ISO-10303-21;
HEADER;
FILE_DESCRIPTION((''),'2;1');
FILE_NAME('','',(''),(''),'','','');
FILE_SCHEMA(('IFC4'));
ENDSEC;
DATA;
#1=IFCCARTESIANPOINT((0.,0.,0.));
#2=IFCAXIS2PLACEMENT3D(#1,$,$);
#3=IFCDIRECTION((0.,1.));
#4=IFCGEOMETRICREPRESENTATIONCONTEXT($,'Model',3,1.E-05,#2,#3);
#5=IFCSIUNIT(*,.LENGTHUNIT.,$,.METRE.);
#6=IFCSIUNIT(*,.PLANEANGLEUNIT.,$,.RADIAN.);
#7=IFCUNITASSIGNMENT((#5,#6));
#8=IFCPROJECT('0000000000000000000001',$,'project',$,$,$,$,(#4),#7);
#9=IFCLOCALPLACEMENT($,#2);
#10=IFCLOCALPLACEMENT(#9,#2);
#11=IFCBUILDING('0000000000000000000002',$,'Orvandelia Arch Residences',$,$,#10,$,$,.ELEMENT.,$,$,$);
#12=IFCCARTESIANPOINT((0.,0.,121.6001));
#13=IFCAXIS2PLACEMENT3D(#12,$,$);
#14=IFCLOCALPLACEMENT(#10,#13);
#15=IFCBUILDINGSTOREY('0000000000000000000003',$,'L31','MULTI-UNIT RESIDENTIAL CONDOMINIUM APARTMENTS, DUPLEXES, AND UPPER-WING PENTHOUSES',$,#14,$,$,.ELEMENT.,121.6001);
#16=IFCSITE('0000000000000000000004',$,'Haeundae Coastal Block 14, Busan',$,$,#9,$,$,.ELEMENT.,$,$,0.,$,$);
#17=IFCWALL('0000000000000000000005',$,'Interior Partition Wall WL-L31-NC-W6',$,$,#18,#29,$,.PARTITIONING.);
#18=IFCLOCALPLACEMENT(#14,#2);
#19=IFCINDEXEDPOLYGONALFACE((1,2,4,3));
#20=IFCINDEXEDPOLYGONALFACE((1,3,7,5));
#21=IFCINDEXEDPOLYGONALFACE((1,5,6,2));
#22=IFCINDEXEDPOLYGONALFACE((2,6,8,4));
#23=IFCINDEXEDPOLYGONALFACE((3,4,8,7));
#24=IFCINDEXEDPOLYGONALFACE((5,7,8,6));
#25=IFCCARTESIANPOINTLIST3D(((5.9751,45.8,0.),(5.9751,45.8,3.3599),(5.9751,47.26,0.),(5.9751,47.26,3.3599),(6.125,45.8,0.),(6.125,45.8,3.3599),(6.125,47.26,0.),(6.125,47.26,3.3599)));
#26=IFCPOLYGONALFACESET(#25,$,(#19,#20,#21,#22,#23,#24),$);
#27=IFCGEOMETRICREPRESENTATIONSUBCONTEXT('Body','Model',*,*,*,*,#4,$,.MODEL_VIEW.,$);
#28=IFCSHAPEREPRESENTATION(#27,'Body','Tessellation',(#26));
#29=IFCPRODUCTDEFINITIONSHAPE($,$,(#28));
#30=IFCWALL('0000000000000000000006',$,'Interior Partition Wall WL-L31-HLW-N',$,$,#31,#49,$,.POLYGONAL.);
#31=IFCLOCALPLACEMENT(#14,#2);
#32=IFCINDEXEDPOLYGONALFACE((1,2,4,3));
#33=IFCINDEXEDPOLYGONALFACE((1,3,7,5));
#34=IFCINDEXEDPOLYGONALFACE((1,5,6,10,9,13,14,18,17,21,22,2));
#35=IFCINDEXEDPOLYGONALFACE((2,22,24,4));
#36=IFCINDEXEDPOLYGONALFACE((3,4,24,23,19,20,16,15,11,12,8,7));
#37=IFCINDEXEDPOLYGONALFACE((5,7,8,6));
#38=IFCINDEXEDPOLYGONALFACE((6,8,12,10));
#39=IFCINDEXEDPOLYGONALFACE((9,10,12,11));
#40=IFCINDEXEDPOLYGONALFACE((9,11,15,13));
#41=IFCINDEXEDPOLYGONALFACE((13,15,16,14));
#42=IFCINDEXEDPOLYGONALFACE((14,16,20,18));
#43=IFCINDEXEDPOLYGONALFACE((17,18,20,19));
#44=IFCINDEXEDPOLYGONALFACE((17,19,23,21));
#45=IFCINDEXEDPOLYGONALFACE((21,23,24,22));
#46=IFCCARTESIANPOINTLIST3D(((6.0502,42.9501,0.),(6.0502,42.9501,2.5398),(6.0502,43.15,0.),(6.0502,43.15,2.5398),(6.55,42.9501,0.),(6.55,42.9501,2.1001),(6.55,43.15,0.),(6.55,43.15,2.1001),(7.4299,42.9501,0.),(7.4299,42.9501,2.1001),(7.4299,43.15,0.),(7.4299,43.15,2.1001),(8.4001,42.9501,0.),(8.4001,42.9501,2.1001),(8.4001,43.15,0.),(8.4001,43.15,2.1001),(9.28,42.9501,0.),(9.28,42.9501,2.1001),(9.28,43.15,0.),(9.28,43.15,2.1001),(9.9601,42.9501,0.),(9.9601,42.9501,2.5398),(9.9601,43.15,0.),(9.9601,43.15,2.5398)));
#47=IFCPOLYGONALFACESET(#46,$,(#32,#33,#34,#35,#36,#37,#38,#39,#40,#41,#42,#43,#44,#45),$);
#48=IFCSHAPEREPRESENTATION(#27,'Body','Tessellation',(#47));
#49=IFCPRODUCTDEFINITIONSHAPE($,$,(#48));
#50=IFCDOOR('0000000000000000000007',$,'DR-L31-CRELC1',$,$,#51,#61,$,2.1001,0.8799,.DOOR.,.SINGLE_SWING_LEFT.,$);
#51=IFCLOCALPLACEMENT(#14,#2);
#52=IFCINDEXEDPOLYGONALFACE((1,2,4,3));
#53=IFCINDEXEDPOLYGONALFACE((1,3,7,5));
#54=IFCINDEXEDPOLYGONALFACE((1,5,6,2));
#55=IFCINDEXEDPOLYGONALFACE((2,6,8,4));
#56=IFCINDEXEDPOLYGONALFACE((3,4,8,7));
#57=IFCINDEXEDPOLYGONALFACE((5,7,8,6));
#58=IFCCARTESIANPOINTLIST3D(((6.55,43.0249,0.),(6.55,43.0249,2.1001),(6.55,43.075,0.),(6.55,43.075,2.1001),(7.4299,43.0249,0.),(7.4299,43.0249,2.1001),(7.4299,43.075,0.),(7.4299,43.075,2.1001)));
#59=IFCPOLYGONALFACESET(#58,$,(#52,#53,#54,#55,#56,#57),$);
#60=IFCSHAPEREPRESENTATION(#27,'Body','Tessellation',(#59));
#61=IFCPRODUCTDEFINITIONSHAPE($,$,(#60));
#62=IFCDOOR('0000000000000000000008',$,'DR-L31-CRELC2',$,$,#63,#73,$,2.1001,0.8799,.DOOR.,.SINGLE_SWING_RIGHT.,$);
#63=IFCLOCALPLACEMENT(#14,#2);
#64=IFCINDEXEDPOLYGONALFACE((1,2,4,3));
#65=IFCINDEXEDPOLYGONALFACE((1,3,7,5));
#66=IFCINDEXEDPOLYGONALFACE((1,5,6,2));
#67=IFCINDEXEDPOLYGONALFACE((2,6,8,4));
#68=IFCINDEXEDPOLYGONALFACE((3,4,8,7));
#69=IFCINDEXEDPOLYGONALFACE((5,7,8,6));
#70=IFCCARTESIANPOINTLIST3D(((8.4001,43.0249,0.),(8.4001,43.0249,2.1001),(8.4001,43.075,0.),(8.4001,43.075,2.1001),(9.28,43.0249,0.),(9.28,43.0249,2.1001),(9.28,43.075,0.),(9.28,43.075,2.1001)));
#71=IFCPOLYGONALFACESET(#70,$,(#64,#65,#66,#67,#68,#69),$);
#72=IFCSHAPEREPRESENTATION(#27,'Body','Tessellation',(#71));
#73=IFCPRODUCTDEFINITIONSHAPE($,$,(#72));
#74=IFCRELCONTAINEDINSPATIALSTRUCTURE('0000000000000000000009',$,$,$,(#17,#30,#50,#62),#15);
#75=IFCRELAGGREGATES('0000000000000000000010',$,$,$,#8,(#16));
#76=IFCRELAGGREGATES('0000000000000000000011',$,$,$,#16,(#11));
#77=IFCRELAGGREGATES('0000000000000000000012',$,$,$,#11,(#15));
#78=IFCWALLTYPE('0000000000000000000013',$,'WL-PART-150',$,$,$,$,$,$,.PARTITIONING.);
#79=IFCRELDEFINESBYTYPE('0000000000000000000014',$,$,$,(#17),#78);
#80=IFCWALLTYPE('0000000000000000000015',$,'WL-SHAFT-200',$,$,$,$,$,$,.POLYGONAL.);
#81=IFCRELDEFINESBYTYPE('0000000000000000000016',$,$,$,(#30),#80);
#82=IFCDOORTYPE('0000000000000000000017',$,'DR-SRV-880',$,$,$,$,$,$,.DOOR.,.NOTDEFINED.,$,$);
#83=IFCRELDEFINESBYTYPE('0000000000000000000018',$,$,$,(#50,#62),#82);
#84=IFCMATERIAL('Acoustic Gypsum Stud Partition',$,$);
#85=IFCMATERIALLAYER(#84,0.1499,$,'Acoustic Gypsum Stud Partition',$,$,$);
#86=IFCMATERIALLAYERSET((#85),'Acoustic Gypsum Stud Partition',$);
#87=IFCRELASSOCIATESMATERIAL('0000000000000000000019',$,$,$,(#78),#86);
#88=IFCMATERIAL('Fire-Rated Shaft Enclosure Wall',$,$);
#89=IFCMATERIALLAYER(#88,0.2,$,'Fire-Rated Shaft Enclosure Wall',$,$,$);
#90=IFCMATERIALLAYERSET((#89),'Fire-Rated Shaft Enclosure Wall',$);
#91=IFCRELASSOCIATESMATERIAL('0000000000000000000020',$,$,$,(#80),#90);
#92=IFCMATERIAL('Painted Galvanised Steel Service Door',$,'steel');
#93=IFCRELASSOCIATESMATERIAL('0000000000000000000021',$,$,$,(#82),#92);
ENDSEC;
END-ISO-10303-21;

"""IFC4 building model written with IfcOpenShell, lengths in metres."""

from ifc_helpers import new_model, si_unit, direction, frame, frame_2d, origin, place, context, subcontext, project, spatial, rectangle, extrude, material, layer, layer_set, type_object, element, fill, save


model = new_model("IFC4")

# Units and contexts
model_context = context("Model", 3, precision=1e-05, world=origin(), true_north=direction((0.0, 1.0)))
body_context = subcontext(model_context, "Body", "Model", "MODEL_VIEW")
ifc_project = project(units=[si_unit("LENGTHUNIT", "METRE"), si_unit("PLANEANGLEUNIT", "RADIAN")], contexts=[model_context])

# Site, building, storey
site_placement = place(None, origin())
site = spatial("IfcSite", under=ifc_project, at=site_placement, Name="Haeundae Coastal Block 14, Busan", CompositionType="ELEMENT", RefElevation=0.0)
building_placement = place(site_placement, origin())
building = spatial("IfcBuilding", under=site, at=building_placement, Name="Orvandelia Arch Residences", CompositionType="ELEMENT")
storey_placement = place(building_placement, frame((0.0, 0.0, 121.6001)))
storey = spatial("IfcBuildingStorey", under=building, at=storey_placement, Name="L31", Description="MULTI-UNIT RESIDENTIAL CONDOMINIUM APARTMENTS, DUPLEXES, AND UPPER-WING PENTHOUSES", CompositionType="ELEMENT", Elevation=121.6001)

# Wall
ifc_material_1 = material(Name="Acoustic Gypsum Stud Partition")
ifc_layer_1 = layer(ifc_material_1, 0.1499, Name="Acoustic Gypsum Stud Partition")
ifc_layer_set_1 = layer_set([ifc_layer_1], Name="Acoustic Gypsum Stud Partition")
wall_type_1 = type_object("IfcWallType", Name="WL-PART-150", PredefinedType="PARTITIONING", material=ifc_layer_set_1)
wall_1_placement = place(storey_placement, frame((6.05, 45.8, 0.0), z_axis=(0.0, 0.0, 1.0), x_axis=(0.0, 1.0, 0.0)))
element("IfcWall", 1, at=wall_1_placement, inside=storey, type_object=wall_type_1, Name="Interior Partition Wall WL-L31-NC-W6", PredefinedType="PARTITIONING", context=body_context, shape_type="SweptSolid", body=[
    extrude(rectangle(XDim=1.46, YDim=0.1499, at=frame_2d((0.73, 0.0))), origin(), (0.0, 0.0, 1.0), 3.3599),
])

# Wall, openings, doors
ifc_material_2 = material(Name="Fire-Rated Shaft Enclosure Wall")
ifc_layer_2 = layer(ifc_material_2, 0.2, Name="Fire-Rated Shaft Enclosure Wall")
ifc_layer_set_2 = layer_set([ifc_layer_2], Name="Fire-Rated Shaft Enclosure Wall")
wall_type_2 = type_object("IfcWallType", Name="WL-SHAFT-200", PredefinedType="POLYGONAL", material=ifc_layer_set_2)
wall_2_placement = place(storey_placement, frame((6.05, 43.05, 0.0), z_axis=(0.0, 0.0, 1.0), x_axis=(1.0, 0.0, 0.0)))
wall_2 = element("IfcWall", 2, at=wall_2_placement, inside=storey, type_object=wall_type_2, Name="Interior Partition Wall WL-L31-HLW-N", PredefinedType="POLYGONAL", context=body_context, shape_type="SweptSolid", body=[
    extrude(rectangle(XDim=3.9099, YDim=0.2, at=frame_2d((1.9551, 0.0))), origin(), (0.0, 0.0, 1.0), 2.5398),
])
opening_1_placement = place(wall_2_placement, frame((0.5, 0.0, 0.0)))
opening_1 = element("IfcOpeningElement", 3, at=opening_1_placement, cuts=wall_2, PredefinedType="OPENING", context=body_context, shape_type="SweptSolid", body=[
    extrude(rectangle(XDim=0.8799, YDim=2.1001, at=frame_2d((0.4399, 1.05))), frame((0.0, 0.1099, 0.0), z_axis=(0.0, -1.0, 0.0), x_axis=(1.0, 0.0, 0.0)), (0.0, 0.0, 1.0), 0.22),
])
opening_2_placement = place(wall_2_placement, frame((2.3501, 0.0, 0.0)))
opening_2 = element("IfcOpeningElement", 4, at=opening_2_placement, cuts=wall_2, PredefinedType="OPENING", context=body_context, shape_type="SweptSolid", body=[
    extrude(rectangle(XDim=0.8799, YDim=2.1001, at=frame_2d((0.4399, 1.05))), frame((0.0, 0.1099, 0.0), z_axis=(0.0, -1.0, 0.0), x_axis=(1.0, 0.0, 0.0)), (0.0, 0.0, 1.0), 0.22),
])
ifc_material_3 = material(Name="Painted Galvanised Steel Service Door", Category="steel")
door_type = type_object("IfcDoorType", Name="DR-SRV-880", OperationType="NOTDEFINED", PredefinedType="DOOR", material=ifc_material_3)
door_1_placement = place(opening_1_placement, origin())
door_1 = element("IfcDoor", 5, at=door_1_placement, inside=storey, type_object=door_type, Name="DR-L31-CRELC1", OperationType="SINGLE_SWING_LEFT", OverallHeight=2.1001, OverallWidth=0.8799, PredefinedType="DOOR", context=body_context, shape_type="SweptSolid", body=[
    extrude(rectangle(XDim=0.8799, YDim=2.1001, at=frame_2d((0.4399, 1.05))), frame((0.0, 0.0249, 0.0), z_axis=(0.0, -1.0, 0.0), x_axis=(1.0, 0.0, 0.0)), (0.0, 0.0, 1.0), 0.05),
])
fill(opening_1, door_1)
door_2_placement = place(opening_2_placement, origin())
door_2 = element("IfcDoor", 6, at=door_2_placement, inside=storey, type_object=door_type, Name="DR-L31-CRELC2", OperationType="SINGLE_SWING_RIGHT", OverallHeight=2.1001, OverallWidth=0.8799, PredefinedType="DOOR", context=body_context, shape_type="SweptSolid", body=[
    extrude(rectangle(XDim=0.8799, YDim=2.1001, at=frame_2d((0.4399, 1.05))), frame((0.0, 0.0249, 0.0), z_axis=(0.0, -1.0, 0.0), x_axis=(1.0, 0.0, 0.0)), (0.0, 0.0, 1.0), 0.05),
])
fill(opening_2, door_2)

save(model, "model.ifc")
